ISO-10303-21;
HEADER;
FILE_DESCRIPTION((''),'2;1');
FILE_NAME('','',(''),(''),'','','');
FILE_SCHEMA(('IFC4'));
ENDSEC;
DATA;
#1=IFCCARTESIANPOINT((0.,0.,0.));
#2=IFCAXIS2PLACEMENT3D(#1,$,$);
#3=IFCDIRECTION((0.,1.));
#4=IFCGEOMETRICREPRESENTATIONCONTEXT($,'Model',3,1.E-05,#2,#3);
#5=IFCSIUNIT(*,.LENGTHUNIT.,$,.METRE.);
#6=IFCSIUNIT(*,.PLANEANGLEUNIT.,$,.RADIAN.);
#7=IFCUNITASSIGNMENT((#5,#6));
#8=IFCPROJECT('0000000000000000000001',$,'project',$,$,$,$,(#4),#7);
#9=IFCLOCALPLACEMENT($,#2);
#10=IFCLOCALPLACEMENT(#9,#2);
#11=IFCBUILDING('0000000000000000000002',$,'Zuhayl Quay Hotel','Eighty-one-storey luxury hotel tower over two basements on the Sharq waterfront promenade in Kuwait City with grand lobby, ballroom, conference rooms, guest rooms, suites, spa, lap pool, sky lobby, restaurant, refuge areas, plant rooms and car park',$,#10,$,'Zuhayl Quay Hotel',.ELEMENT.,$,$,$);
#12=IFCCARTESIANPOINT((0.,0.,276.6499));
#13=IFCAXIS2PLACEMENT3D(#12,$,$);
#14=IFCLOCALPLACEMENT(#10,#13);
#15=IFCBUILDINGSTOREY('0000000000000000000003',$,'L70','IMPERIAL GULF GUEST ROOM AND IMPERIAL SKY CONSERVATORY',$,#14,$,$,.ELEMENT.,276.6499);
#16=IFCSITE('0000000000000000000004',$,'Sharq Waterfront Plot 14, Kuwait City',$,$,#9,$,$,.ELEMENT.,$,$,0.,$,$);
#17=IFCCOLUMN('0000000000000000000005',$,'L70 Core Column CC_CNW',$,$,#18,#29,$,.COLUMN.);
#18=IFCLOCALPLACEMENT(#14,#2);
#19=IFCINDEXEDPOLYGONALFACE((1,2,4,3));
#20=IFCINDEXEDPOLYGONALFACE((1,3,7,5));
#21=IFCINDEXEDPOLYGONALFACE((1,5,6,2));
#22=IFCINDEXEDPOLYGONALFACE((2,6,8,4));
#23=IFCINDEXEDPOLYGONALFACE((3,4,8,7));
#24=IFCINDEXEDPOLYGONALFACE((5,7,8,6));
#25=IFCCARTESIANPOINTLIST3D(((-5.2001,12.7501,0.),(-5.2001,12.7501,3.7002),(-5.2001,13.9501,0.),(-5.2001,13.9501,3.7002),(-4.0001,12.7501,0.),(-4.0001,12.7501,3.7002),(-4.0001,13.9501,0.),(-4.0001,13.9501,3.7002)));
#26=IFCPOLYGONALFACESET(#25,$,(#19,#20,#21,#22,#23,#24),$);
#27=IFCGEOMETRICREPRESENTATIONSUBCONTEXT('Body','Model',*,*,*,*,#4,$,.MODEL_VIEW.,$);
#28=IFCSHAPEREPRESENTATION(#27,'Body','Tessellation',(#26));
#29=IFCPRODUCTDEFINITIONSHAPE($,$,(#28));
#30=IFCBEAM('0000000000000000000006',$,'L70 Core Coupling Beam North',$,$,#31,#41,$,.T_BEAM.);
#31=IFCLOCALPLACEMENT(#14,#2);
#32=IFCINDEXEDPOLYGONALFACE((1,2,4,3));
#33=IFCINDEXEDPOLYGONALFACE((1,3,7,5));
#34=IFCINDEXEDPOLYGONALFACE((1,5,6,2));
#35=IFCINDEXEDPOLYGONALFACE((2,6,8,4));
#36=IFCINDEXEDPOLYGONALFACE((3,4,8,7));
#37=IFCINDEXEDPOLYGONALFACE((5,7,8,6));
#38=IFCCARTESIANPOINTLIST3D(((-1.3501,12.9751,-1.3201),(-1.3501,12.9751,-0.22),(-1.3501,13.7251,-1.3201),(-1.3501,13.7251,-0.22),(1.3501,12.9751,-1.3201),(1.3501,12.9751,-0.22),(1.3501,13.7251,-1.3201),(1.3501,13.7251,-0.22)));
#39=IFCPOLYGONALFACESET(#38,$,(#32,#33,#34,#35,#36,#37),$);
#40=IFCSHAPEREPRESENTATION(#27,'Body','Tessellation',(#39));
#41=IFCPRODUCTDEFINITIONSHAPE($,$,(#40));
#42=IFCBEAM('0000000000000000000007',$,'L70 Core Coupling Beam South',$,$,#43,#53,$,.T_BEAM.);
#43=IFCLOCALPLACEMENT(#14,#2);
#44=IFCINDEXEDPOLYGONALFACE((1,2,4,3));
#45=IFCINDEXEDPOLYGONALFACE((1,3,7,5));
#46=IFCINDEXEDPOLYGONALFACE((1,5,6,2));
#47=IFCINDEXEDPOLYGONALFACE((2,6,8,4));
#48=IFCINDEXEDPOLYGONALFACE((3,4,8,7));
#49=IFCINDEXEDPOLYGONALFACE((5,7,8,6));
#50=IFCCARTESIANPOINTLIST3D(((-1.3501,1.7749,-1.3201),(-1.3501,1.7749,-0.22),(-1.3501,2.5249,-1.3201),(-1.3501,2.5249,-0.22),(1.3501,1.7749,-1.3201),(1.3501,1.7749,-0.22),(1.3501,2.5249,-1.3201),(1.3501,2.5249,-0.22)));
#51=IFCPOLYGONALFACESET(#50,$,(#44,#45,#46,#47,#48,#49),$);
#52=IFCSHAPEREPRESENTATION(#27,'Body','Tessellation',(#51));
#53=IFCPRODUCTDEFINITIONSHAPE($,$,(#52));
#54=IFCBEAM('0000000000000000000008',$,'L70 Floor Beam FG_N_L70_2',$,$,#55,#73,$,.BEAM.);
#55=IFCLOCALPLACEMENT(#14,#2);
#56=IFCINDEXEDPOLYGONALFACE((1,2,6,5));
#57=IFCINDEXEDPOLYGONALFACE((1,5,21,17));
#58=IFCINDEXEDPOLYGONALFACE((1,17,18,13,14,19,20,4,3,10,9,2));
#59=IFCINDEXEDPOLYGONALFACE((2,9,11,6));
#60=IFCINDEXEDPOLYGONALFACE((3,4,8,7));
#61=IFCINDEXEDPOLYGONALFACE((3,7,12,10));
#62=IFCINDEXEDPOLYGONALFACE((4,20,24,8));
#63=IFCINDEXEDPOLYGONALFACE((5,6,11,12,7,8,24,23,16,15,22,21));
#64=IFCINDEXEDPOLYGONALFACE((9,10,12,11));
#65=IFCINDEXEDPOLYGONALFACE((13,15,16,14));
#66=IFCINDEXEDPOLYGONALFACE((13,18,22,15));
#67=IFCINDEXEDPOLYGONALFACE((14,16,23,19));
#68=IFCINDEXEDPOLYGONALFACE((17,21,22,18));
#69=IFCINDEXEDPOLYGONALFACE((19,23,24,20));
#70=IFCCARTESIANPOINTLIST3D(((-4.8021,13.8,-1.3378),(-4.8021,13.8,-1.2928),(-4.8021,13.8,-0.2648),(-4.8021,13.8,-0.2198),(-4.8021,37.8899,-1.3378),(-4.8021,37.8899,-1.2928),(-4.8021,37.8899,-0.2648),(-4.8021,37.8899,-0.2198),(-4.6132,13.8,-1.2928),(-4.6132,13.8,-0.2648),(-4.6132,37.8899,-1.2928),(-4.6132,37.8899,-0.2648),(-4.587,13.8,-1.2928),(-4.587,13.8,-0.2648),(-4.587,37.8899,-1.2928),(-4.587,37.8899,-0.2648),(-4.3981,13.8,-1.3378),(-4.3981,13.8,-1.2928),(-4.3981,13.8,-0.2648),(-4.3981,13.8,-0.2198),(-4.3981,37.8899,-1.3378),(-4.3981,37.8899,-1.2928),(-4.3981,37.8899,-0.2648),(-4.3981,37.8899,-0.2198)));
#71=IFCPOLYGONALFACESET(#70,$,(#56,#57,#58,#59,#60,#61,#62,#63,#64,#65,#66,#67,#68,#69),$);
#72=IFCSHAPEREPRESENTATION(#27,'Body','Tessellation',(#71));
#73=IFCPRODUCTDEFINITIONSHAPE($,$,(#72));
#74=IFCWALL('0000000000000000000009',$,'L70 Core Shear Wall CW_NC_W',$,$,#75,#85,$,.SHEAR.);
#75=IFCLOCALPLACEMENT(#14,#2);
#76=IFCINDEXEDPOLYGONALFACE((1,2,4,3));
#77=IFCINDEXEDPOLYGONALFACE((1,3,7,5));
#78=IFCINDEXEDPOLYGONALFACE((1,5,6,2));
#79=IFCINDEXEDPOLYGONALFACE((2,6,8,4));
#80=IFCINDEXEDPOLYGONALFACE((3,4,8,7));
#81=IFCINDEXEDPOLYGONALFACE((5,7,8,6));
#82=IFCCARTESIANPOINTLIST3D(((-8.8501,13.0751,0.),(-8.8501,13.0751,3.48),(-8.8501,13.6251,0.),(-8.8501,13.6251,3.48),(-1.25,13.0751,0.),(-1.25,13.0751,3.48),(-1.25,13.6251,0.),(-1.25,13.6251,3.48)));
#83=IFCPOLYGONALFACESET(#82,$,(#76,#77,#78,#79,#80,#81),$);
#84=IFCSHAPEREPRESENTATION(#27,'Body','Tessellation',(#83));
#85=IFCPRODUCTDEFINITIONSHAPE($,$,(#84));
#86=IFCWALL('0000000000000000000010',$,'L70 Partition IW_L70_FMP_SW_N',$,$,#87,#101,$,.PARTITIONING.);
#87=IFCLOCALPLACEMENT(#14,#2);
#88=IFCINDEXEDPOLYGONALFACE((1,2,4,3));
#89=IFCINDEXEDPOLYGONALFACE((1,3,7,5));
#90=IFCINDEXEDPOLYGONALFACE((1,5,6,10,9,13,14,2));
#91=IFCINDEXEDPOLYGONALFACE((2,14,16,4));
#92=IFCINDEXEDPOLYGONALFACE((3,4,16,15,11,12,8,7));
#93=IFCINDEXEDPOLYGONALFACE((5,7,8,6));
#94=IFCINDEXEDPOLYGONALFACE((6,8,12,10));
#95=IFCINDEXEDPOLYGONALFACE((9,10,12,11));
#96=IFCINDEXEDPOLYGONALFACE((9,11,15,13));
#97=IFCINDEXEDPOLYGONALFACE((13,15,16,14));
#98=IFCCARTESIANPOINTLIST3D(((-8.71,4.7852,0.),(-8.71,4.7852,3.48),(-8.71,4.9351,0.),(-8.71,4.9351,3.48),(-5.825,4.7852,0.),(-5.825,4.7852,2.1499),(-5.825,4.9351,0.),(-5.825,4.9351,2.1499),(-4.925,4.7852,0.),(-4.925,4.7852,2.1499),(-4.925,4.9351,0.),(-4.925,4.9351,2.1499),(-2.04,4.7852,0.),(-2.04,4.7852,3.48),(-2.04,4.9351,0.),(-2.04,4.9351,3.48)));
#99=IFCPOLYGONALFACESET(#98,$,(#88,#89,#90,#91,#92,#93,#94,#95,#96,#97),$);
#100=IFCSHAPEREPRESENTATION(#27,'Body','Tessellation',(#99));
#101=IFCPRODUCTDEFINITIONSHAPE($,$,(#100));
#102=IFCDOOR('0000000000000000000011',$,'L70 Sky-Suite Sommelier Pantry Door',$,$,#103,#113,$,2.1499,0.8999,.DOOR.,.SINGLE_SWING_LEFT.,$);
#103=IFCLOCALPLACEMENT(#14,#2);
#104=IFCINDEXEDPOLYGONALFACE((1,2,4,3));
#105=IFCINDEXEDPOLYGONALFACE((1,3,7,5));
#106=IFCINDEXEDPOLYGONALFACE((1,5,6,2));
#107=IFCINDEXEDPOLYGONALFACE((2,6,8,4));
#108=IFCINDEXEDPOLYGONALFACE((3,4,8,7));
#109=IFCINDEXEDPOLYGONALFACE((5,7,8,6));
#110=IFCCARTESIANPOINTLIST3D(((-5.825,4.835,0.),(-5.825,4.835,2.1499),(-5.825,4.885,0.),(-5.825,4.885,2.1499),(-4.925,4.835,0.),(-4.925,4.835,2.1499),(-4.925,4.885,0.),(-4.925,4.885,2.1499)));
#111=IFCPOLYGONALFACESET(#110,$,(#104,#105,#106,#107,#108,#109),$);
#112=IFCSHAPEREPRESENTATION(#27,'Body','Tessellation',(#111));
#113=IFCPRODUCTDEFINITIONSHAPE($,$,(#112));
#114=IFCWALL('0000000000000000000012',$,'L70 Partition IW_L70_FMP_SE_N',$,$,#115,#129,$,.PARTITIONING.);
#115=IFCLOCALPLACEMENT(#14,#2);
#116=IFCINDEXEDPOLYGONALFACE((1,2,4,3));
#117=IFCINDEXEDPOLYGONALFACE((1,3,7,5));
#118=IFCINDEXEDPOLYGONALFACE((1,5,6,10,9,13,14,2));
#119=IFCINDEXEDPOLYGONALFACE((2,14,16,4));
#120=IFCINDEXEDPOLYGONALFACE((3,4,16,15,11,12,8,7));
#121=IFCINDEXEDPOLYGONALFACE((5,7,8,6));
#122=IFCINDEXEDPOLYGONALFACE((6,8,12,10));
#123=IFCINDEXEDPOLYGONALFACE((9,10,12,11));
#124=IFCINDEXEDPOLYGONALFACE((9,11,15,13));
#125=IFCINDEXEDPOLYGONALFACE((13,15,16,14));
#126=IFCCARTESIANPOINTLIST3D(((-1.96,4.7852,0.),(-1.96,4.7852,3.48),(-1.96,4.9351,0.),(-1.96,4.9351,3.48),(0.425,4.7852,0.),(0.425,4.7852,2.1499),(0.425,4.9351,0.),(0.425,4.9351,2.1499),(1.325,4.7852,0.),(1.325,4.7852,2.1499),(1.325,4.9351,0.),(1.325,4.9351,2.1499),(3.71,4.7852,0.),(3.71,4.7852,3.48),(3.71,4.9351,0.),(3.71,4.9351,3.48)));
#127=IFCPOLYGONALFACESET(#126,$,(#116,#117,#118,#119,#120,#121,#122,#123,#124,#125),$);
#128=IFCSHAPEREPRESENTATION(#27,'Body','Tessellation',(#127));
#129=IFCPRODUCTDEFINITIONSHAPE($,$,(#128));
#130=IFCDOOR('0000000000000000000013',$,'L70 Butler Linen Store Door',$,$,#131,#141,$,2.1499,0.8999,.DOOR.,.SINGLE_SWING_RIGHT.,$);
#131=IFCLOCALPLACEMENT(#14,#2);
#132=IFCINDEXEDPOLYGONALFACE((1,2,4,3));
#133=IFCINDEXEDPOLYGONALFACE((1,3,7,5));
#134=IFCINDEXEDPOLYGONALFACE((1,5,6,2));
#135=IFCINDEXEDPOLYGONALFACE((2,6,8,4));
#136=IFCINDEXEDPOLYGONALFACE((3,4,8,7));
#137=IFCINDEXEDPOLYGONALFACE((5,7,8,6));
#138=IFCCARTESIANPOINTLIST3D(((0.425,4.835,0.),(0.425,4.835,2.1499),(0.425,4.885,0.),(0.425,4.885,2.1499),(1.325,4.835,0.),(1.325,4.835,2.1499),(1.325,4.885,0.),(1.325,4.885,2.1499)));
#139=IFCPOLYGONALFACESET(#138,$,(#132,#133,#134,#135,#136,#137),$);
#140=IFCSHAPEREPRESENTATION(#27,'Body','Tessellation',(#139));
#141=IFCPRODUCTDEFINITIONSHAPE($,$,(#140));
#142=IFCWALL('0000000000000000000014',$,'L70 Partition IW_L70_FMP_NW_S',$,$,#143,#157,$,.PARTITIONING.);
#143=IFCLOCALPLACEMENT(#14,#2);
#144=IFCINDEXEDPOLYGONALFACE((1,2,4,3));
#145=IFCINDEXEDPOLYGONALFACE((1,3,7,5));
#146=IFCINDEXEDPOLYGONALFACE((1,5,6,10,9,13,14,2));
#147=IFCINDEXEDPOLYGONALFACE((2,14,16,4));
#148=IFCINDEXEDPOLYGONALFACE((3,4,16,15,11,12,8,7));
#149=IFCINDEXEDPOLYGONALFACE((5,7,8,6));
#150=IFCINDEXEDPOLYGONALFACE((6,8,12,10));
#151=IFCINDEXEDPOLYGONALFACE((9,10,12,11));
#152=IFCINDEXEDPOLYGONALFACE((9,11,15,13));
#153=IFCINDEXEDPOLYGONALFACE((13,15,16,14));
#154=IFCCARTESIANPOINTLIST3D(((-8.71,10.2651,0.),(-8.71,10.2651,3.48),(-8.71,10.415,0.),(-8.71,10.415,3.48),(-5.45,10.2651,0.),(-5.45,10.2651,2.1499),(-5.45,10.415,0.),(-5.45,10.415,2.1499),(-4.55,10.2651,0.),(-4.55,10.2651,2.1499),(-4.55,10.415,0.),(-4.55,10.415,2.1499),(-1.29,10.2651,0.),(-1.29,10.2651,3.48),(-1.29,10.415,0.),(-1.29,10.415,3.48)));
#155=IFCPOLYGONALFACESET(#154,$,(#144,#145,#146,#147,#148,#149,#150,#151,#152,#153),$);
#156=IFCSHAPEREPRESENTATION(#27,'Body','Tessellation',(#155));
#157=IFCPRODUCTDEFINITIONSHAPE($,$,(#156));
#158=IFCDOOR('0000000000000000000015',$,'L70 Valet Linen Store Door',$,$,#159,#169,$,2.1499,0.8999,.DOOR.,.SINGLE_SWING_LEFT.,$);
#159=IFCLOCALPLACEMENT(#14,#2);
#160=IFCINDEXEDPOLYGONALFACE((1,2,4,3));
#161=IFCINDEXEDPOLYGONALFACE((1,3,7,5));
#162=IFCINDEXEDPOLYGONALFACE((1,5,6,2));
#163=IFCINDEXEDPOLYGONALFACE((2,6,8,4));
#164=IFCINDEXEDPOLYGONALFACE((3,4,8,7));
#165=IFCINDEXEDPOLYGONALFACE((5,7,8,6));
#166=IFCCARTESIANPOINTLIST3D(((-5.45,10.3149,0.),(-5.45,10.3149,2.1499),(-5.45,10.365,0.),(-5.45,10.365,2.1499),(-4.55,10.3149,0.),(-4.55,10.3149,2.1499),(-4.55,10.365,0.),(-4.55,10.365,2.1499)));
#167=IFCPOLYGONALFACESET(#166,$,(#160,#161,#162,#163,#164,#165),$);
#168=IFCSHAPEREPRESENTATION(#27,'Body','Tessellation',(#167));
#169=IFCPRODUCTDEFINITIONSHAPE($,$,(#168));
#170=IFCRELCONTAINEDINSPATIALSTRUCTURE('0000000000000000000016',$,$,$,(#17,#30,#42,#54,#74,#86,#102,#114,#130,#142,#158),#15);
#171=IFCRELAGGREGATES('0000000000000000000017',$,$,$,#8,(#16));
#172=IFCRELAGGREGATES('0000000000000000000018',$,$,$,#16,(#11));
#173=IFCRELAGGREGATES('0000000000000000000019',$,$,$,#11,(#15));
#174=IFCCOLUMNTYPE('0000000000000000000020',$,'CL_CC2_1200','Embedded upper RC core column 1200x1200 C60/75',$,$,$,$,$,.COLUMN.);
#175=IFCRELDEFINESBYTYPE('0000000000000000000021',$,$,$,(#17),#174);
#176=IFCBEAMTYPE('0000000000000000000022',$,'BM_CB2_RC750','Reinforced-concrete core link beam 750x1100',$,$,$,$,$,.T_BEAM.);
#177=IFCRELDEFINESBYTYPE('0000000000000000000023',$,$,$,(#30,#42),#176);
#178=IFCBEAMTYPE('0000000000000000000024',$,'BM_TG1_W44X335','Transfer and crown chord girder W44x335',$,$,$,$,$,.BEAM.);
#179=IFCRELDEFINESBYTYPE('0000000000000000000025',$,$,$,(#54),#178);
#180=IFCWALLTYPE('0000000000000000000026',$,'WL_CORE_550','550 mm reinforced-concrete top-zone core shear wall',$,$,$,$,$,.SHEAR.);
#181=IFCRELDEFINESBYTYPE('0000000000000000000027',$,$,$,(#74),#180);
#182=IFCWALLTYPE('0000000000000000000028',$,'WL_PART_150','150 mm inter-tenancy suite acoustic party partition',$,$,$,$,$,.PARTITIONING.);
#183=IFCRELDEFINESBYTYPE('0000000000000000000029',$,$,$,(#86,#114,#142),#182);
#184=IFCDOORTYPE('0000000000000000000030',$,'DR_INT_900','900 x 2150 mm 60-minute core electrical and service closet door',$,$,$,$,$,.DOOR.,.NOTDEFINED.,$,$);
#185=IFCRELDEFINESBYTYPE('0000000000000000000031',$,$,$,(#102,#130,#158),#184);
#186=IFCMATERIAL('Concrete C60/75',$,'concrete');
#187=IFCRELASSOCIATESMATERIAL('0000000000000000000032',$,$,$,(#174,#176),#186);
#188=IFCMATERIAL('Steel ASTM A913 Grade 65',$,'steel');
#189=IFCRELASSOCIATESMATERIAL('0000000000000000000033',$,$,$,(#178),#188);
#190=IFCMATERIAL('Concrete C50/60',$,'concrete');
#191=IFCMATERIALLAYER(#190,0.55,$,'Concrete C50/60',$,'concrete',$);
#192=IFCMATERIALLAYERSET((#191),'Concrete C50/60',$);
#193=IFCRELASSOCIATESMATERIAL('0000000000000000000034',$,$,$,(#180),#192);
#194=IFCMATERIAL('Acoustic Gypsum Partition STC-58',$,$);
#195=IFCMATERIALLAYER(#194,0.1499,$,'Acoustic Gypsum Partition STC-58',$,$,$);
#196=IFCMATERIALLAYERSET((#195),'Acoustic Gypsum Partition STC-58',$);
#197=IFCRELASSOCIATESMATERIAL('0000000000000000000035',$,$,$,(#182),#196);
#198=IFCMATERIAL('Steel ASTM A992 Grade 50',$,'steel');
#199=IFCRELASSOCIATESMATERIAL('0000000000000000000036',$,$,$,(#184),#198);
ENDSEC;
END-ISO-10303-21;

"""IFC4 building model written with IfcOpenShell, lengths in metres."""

from ifc_helpers import new_model, si_unit, direction, frame, frame_2d, origin, origin_2d, place, context, subcontext, project, spatial, rectangle, i_section, extrude, material, layer, layer_set, material_profile, profile_set, type_object, element, fill, save


model = new_model("IFC4")

# Units and contexts
model_context = context("Model", 3, precision=1e-05, world=origin(), true_north=direction((0.0, 1.0)))
body_context = subcontext(model_context, "Body", "Model", "MODEL_VIEW")
ifc_project = project(units=[si_unit("LENGTHUNIT", "METRE"), si_unit("PLANEANGLEUNIT", "RADIAN")], contexts=[model_context])

# Site, building, storey
site_placement = place(None, origin())
site = spatial("IfcSite", under=ifc_project, at=site_placement, Name="Sharq Waterfront Plot 14, Kuwait City", CompositionType="ELEMENT", RefElevation=0.0)
building_placement = place(site_placement, origin())
building = spatial("IfcBuilding", under=site, at=building_placement, Name="Zuhayl Quay Hotel", Description="Eighty-one-storey luxury hotel tower over two basements on the Sharq waterfront promenade in Kuwait City with grand lobby, ballroom, conference rooms, guest rooms, suites, spa, lap pool, sky lobby, restaurant, refuge areas, plant rooms and car park", LongName="Zuhayl Quay Hotel", CompositionType="ELEMENT")
storey_placement = place(building_placement, frame((0.0, 0.0, 276.6499)))
storey = spatial("IfcBuildingStorey", under=building, at=storey_placement, Name="L70", Description="IMPERIAL GULF GUEST ROOM AND IMPERIAL SKY CONSERVATORY", CompositionType="ELEMENT", Elevation=276.6499)

# Column
ifc_material_1 = material(Name="Concrete C60/75", Category="concrete")
ifc_material_profile_1 = material_profile(ifc_material_1, rectangle(XDim=1.2, YDim=1.2, at=origin_2d()), Name="RC1200X1200")
ifc_profile_set_1 = profile_set([ifc_material_profile_1], Name="Concrete C60/75")
column_type = type_object("IfcColumnType", Name="CL_CC2_1200", Description="Embedded upper RC core column 1200x1200 C60/75", PredefinedType="COLUMN", material=ifc_profile_set_1)
column_placement = place(storey_placement, frame((-4.6001, 13.3501, 0.0), z_axis=(0.0, 0.0, 1.0), x_axis=(1.0, 0.0, 0.0)))
element("IfcColumn", 1, at=column_placement, inside=storey, type_object=column_type, Name="L70 Core Column CC_CNW", PredefinedType="COLUMN", context=body_context, shape_type="SweptSolid", body=[
    extrude(rectangle(XDim=1.2, YDim=1.2, at=origin_2d()), origin(), (0.0, 0.0, 1.0), 3.7002),
])

# Beams
ifc_material_profile_2 = material_profile(ifc_material_1, rectangle(XDim=0.75, YDim=1.1001, at=origin_2d()), Name="RC750X1100")
ifc_profile_set_2 = profile_set([ifc_material_profile_2], Name="Concrete C60/75")
beam_type_1 = type_object("IfcBeamType", Name="BM_CB2_RC750", Description="Reinforced-concrete core link beam 750x1100", PredefinedType="T_BEAM", material=ifc_profile_set_2)
for number, where, z_axis, x_axis, name in (
    (2, (-1.3501, 13.3501, -0.77), (1.0, 0.0, 0.0), (0.0, 1.0, 0.0), "L70 Core Coupling Beam North"),
    (3, (-1.3501, 2.1499, -0.77), (1.0, 0.0, 0.0), (0.0, 1.0, 0.0), "L70 Core Coupling Beam South"),
):
    element("IfcBeam", number, at=place(storey_placement, frame(where, z_axis=z_axis, x_axis=x_axis)), inside=storey, type_object=beam_type_1, Name=name, PredefinedType="T_BEAM", context=body_context, shape_type="SweptSolid", body=[
        extrude(rectangle(XDim=0.75, YDim=1.1001, at=origin_2d()), origin(), (0.0, 0.0, 1.0), 2.7002),
    ])
ifc_material_2 = material(Name="Steel ASTM A913 Grade 65", Category="steel")
ifc_material_profile_3 = material_profile(ifc_material_2, i_section(OverallWidth=0.4041, OverallDepth=1.1179, WebThickness=0.0261, FlangeThickness=0.0449, at=origin_2d()), Name="W44X335")
ifc_profile_set_3 = profile_set([ifc_material_profile_3], Name="Steel ASTM A913 Grade 65")
beam_type_2 = type_object("IfcBeamType", Name="BM_TG1_W44X335", Description="Transfer and crown chord girder W44x335", PredefinedType="BEAM", material=ifc_profile_set_3)
beam_placement = place(storey_placement, frame((-4.6001, 13.8, -0.7788), z_axis=(0.0, 1.0, 0.0), x_axis=(-1.0, 0.0, 0.0)))
element("IfcBeam", 4, at=beam_placement, inside=storey, type_object=beam_type_2, Name="L70 Floor Beam FG_N_L70_2", PredefinedType="BEAM", context=body_context, shape_type="SweptSolid", body=[
    extrude(i_section(OverallWidth=0.4041, OverallDepth=1.1179, WebThickness=0.0261, FlangeThickness=0.0449, at=origin_2d()), origin(), (0.0, 0.0, 1.0), 24.0898),
])

# Wall
ifc_material_3 = material(Name="Concrete C50/60", Category="concrete")
ifc_layer_1 = layer(ifc_material_3, 0.55, Name="Concrete C50/60", Category="concrete")
ifc_layer_set_1 = layer_set([ifc_layer_1], Name="Concrete C50/60")
wall_type_1 = type_object("IfcWallType", Name="WL_CORE_550", Description="550 mm reinforced-concrete top-zone core shear wall", PredefinedType="SHEAR", material=ifc_layer_set_1)
wall_1_placement = place(storey_placement, frame((-8.8501, 13.3501, 0.0), z_axis=(0.0, 0.0, 1.0), x_axis=(1.0, 0.0, 0.0)))
element("IfcWall", 5, at=wall_1_placement, inside=storey, type_object=wall_type_1, Name="L70 Core Shear Wall CW_NC_W", PredefinedType="SHEAR", context=body_context, shape_type="SweptSolid", body=[
    extrude(rectangle(XDim=7.6001, YDim=0.55, at=frame_2d((3.8, 0.0))), origin(), (0.0, 0.0, 1.0), 3.48),
])

# Walls, openings, doors
ifc_material_4 = material(Name="Acoustic Gypsum Partition STC-58")
ifc_layer_2 = layer(ifc_material_4, 0.1499, Name="Acoustic Gypsum Partition STC-58")
ifc_layer_set_2 = layer_set([ifc_layer_2], Name="Acoustic Gypsum Partition STC-58")
wall_type_2 = type_object("IfcWallType", Name="WL_PART_150", Description="150 mm inter-tenancy suite acoustic party partition", PredefinedType="PARTITIONING", material=ifc_layer_set_2)
wall_2_placement = place(storey_placement, frame((-8.71, 4.8601, 0.0), z_axis=(0.0, 0.0, 1.0), x_axis=(1.0, 0.0, 0.0)))
wall_2 = element("IfcWall", 6, at=wall_2_placement, inside=storey, type_object=wall_type_2, Name="L70 Partition IW_L70_FMP_SW_N", PredefinedType="PARTITIONING", context=body_context, shape_type="SweptSolid", body=[
    extrude(rectangle(XDim=6.6699, YDim=0.1499, at=frame_2d((3.335, 0.0))), origin(), (0.0, 0.0, 1.0), 3.48),
])
opening_1_placement = place(wall_2_placement, frame((2.885, 0.0, 0.0)))
opening_1 = element("IfcOpeningElement", 7, at=opening_1_placement, cuts=wall_2, PredefinedType="OPENING", context=body_context, shape_type="SweptSolid", body=[
    extrude(rectangle(XDim=0.8999, YDim=2.1499, at=frame_2d((0.45, 1.075))), frame((0.0, 0.085, 0.0), z_axis=(0.0, -1.0, 0.0), x_axis=(1.0, 0.0, 0.0)), (0.0, 0.0, 1.0), 0.1699),
])
ifc_material_5 = material(Name="Steel ASTM A992 Grade 50", Category="steel")
door_type_1 = type_object("IfcDoorType", Name="DR_INT_900", Description="900 x 2150 mm 60-minute core electrical and service closet door", OperationType="NOTDEFINED", PredefinedType="DOOR", material=ifc_material_5)
door_1_placement = place(opening_1_placement, origin())
door_1 = element("IfcDoor", 8, at=door_1_placement, inside=storey, type_object=door_type_1, Name="L70 Sky-Suite Sommelier Pantry Door", OperationType="SINGLE_SWING_LEFT", OverallHeight=2.1499, OverallWidth=0.8999, PredefinedType="DOOR", context=body_context, shape_type="SweptSolid", body=[
    extrude(rectangle(XDim=0.8999, YDim=2.1499, at=frame_2d((0.45, 1.075))), frame((0.0, 0.0249, 0.0), z_axis=(0.0, -1.0, 0.0), x_axis=(1.0, 0.0, 0.0)), (0.0, 0.0, 1.0), 0.05),
])
fill(opening_1, door_1)
wall_3_placement = place(storey_placement, frame((-1.96, 4.8601, 0.0), z_axis=(0.0, 0.0, 1.0), x_axis=(1.0, 0.0, 0.0)))
wall_3 = element("IfcWall", 9, at=wall_3_placement, inside=storey, type_object=wall_type_2, Name="L70 Partition IW_L70_FMP_SE_N", PredefinedType="PARTITIONING", context=body_context, shape_type="SweptSolid", body=[
    extrude(rectangle(XDim=5.6699, YDim=0.1499, at=frame_2d((2.835, 0.0))), origin(), (0.0, 0.0, 1.0), 3.48),
])
opening_2_placement = place(wall_3_placement, frame((2.385, 0.0, 0.0)))
opening_2 = element("IfcOpeningElement", 10, at=opening_2_placement, cuts=wall_3, PredefinedType="OPENING", context=body_context, shape_type="SweptSolid", body=[
    extrude(rectangle(XDim=0.8999, YDim=2.1499, at=frame_2d((0.45, 1.075))), frame((0.0, 0.085, 0.0), z_axis=(0.0, -1.0, 0.0), x_axis=(1.0, 0.0, 0.0)), (0.0, 0.0, 1.0), 0.1699),
])
door_2_placement = place(opening_2_placement, origin())
door_2 = element("IfcDoor", 11, at=door_2_placement, inside=storey, type_object=door_type_1, Name="L70 Butler Linen Store Door", OperationType="SINGLE_SWING_RIGHT", OverallHeight=2.1499, OverallWidth=0.8999, PredefinedType="DOOR", context=body_context, shape_type="SweptSolid", body=[
    extrude(rectangle(XDim=0.8999, YDim=2.1499, at=frame_2d((0.45, 1.075))), frame((0.0, 0.0249, 0.0), z_axis=(0.0, -1.0, 0.0), x_axis=(1.0, 0.0, 0.0)), (0.0, 0.0, 1.0), 0.05),
])
fill(opening_2, door_2)
wall_4_placement = place(storey_placement, frame((-8.71, 10.3401, 0.0), z_axis=(0.0, 0.0, 1.0), x_axis=(1.0, 0.0, 0.0)))
wall_4 = element("IfcWall", 12, at=wall_4_placement, inside=storey, type_object=wall_type_2, Name="L70 Partition IW_L70_FMP_NW_S", PredefinedType="PARTITIONING", context=body_context, shape_type="SweptSolid", body=[
    extrude(rectangle(XDim=7.4199, YDim=0.1499, at=frame_2d((3.71, 0.0))), origin(), (0.0, 0.0, 1.0), 3.48),
])
opening_3_placement = place(wall_4_placement, frame((3.26, 0.0, 0.0)))
opening_3 = element("IfcOpeningElement", 13, at=opening_3_placement, cuts=wall_4, PredefinedType="OPENING", context=body_context, shape_type="SweptSolid", body=[
    extrude(rectangle(XDim=0.8999, YDim=2.1499, at=frame_2d((0.45, 1.075))), frame((0.0, 0.085, 0.0), z_axis=(0.0, -1.0, 0.0), x_axis=(1.0, 0.0, 0.0)), (0.0, 0.0, 1.0), 0.1699),
])
door_3_placement = place(opening_3_placement, origin())
door_3 = element("IfcDoor", 14, at=door_3_placement, inside=storey, type_object=door_type_1, Name="L70 Valet Linen Store Door", OperationType="SINGLE_SWING_LEFT", OverallHeight=2.1499, OverallWidth=0.8999, PredefinedType="DOOR", context=body_context, shape_type="SweptSolid", body=[
    extrude(rectangle(XDim=0.8999, YDim=2.1499, at=frame_2d((0.45, 1.075))), frame((0.0, 0.0249, 0.0), z_axis=(0.0, -1.0, 0.0), x_axis=(1.0, 0.0, 0.0)), (0.0, 0.0, 1.0), 0.05),
])
fill(opening_3, door_3)

save(model, "model.ifc")
